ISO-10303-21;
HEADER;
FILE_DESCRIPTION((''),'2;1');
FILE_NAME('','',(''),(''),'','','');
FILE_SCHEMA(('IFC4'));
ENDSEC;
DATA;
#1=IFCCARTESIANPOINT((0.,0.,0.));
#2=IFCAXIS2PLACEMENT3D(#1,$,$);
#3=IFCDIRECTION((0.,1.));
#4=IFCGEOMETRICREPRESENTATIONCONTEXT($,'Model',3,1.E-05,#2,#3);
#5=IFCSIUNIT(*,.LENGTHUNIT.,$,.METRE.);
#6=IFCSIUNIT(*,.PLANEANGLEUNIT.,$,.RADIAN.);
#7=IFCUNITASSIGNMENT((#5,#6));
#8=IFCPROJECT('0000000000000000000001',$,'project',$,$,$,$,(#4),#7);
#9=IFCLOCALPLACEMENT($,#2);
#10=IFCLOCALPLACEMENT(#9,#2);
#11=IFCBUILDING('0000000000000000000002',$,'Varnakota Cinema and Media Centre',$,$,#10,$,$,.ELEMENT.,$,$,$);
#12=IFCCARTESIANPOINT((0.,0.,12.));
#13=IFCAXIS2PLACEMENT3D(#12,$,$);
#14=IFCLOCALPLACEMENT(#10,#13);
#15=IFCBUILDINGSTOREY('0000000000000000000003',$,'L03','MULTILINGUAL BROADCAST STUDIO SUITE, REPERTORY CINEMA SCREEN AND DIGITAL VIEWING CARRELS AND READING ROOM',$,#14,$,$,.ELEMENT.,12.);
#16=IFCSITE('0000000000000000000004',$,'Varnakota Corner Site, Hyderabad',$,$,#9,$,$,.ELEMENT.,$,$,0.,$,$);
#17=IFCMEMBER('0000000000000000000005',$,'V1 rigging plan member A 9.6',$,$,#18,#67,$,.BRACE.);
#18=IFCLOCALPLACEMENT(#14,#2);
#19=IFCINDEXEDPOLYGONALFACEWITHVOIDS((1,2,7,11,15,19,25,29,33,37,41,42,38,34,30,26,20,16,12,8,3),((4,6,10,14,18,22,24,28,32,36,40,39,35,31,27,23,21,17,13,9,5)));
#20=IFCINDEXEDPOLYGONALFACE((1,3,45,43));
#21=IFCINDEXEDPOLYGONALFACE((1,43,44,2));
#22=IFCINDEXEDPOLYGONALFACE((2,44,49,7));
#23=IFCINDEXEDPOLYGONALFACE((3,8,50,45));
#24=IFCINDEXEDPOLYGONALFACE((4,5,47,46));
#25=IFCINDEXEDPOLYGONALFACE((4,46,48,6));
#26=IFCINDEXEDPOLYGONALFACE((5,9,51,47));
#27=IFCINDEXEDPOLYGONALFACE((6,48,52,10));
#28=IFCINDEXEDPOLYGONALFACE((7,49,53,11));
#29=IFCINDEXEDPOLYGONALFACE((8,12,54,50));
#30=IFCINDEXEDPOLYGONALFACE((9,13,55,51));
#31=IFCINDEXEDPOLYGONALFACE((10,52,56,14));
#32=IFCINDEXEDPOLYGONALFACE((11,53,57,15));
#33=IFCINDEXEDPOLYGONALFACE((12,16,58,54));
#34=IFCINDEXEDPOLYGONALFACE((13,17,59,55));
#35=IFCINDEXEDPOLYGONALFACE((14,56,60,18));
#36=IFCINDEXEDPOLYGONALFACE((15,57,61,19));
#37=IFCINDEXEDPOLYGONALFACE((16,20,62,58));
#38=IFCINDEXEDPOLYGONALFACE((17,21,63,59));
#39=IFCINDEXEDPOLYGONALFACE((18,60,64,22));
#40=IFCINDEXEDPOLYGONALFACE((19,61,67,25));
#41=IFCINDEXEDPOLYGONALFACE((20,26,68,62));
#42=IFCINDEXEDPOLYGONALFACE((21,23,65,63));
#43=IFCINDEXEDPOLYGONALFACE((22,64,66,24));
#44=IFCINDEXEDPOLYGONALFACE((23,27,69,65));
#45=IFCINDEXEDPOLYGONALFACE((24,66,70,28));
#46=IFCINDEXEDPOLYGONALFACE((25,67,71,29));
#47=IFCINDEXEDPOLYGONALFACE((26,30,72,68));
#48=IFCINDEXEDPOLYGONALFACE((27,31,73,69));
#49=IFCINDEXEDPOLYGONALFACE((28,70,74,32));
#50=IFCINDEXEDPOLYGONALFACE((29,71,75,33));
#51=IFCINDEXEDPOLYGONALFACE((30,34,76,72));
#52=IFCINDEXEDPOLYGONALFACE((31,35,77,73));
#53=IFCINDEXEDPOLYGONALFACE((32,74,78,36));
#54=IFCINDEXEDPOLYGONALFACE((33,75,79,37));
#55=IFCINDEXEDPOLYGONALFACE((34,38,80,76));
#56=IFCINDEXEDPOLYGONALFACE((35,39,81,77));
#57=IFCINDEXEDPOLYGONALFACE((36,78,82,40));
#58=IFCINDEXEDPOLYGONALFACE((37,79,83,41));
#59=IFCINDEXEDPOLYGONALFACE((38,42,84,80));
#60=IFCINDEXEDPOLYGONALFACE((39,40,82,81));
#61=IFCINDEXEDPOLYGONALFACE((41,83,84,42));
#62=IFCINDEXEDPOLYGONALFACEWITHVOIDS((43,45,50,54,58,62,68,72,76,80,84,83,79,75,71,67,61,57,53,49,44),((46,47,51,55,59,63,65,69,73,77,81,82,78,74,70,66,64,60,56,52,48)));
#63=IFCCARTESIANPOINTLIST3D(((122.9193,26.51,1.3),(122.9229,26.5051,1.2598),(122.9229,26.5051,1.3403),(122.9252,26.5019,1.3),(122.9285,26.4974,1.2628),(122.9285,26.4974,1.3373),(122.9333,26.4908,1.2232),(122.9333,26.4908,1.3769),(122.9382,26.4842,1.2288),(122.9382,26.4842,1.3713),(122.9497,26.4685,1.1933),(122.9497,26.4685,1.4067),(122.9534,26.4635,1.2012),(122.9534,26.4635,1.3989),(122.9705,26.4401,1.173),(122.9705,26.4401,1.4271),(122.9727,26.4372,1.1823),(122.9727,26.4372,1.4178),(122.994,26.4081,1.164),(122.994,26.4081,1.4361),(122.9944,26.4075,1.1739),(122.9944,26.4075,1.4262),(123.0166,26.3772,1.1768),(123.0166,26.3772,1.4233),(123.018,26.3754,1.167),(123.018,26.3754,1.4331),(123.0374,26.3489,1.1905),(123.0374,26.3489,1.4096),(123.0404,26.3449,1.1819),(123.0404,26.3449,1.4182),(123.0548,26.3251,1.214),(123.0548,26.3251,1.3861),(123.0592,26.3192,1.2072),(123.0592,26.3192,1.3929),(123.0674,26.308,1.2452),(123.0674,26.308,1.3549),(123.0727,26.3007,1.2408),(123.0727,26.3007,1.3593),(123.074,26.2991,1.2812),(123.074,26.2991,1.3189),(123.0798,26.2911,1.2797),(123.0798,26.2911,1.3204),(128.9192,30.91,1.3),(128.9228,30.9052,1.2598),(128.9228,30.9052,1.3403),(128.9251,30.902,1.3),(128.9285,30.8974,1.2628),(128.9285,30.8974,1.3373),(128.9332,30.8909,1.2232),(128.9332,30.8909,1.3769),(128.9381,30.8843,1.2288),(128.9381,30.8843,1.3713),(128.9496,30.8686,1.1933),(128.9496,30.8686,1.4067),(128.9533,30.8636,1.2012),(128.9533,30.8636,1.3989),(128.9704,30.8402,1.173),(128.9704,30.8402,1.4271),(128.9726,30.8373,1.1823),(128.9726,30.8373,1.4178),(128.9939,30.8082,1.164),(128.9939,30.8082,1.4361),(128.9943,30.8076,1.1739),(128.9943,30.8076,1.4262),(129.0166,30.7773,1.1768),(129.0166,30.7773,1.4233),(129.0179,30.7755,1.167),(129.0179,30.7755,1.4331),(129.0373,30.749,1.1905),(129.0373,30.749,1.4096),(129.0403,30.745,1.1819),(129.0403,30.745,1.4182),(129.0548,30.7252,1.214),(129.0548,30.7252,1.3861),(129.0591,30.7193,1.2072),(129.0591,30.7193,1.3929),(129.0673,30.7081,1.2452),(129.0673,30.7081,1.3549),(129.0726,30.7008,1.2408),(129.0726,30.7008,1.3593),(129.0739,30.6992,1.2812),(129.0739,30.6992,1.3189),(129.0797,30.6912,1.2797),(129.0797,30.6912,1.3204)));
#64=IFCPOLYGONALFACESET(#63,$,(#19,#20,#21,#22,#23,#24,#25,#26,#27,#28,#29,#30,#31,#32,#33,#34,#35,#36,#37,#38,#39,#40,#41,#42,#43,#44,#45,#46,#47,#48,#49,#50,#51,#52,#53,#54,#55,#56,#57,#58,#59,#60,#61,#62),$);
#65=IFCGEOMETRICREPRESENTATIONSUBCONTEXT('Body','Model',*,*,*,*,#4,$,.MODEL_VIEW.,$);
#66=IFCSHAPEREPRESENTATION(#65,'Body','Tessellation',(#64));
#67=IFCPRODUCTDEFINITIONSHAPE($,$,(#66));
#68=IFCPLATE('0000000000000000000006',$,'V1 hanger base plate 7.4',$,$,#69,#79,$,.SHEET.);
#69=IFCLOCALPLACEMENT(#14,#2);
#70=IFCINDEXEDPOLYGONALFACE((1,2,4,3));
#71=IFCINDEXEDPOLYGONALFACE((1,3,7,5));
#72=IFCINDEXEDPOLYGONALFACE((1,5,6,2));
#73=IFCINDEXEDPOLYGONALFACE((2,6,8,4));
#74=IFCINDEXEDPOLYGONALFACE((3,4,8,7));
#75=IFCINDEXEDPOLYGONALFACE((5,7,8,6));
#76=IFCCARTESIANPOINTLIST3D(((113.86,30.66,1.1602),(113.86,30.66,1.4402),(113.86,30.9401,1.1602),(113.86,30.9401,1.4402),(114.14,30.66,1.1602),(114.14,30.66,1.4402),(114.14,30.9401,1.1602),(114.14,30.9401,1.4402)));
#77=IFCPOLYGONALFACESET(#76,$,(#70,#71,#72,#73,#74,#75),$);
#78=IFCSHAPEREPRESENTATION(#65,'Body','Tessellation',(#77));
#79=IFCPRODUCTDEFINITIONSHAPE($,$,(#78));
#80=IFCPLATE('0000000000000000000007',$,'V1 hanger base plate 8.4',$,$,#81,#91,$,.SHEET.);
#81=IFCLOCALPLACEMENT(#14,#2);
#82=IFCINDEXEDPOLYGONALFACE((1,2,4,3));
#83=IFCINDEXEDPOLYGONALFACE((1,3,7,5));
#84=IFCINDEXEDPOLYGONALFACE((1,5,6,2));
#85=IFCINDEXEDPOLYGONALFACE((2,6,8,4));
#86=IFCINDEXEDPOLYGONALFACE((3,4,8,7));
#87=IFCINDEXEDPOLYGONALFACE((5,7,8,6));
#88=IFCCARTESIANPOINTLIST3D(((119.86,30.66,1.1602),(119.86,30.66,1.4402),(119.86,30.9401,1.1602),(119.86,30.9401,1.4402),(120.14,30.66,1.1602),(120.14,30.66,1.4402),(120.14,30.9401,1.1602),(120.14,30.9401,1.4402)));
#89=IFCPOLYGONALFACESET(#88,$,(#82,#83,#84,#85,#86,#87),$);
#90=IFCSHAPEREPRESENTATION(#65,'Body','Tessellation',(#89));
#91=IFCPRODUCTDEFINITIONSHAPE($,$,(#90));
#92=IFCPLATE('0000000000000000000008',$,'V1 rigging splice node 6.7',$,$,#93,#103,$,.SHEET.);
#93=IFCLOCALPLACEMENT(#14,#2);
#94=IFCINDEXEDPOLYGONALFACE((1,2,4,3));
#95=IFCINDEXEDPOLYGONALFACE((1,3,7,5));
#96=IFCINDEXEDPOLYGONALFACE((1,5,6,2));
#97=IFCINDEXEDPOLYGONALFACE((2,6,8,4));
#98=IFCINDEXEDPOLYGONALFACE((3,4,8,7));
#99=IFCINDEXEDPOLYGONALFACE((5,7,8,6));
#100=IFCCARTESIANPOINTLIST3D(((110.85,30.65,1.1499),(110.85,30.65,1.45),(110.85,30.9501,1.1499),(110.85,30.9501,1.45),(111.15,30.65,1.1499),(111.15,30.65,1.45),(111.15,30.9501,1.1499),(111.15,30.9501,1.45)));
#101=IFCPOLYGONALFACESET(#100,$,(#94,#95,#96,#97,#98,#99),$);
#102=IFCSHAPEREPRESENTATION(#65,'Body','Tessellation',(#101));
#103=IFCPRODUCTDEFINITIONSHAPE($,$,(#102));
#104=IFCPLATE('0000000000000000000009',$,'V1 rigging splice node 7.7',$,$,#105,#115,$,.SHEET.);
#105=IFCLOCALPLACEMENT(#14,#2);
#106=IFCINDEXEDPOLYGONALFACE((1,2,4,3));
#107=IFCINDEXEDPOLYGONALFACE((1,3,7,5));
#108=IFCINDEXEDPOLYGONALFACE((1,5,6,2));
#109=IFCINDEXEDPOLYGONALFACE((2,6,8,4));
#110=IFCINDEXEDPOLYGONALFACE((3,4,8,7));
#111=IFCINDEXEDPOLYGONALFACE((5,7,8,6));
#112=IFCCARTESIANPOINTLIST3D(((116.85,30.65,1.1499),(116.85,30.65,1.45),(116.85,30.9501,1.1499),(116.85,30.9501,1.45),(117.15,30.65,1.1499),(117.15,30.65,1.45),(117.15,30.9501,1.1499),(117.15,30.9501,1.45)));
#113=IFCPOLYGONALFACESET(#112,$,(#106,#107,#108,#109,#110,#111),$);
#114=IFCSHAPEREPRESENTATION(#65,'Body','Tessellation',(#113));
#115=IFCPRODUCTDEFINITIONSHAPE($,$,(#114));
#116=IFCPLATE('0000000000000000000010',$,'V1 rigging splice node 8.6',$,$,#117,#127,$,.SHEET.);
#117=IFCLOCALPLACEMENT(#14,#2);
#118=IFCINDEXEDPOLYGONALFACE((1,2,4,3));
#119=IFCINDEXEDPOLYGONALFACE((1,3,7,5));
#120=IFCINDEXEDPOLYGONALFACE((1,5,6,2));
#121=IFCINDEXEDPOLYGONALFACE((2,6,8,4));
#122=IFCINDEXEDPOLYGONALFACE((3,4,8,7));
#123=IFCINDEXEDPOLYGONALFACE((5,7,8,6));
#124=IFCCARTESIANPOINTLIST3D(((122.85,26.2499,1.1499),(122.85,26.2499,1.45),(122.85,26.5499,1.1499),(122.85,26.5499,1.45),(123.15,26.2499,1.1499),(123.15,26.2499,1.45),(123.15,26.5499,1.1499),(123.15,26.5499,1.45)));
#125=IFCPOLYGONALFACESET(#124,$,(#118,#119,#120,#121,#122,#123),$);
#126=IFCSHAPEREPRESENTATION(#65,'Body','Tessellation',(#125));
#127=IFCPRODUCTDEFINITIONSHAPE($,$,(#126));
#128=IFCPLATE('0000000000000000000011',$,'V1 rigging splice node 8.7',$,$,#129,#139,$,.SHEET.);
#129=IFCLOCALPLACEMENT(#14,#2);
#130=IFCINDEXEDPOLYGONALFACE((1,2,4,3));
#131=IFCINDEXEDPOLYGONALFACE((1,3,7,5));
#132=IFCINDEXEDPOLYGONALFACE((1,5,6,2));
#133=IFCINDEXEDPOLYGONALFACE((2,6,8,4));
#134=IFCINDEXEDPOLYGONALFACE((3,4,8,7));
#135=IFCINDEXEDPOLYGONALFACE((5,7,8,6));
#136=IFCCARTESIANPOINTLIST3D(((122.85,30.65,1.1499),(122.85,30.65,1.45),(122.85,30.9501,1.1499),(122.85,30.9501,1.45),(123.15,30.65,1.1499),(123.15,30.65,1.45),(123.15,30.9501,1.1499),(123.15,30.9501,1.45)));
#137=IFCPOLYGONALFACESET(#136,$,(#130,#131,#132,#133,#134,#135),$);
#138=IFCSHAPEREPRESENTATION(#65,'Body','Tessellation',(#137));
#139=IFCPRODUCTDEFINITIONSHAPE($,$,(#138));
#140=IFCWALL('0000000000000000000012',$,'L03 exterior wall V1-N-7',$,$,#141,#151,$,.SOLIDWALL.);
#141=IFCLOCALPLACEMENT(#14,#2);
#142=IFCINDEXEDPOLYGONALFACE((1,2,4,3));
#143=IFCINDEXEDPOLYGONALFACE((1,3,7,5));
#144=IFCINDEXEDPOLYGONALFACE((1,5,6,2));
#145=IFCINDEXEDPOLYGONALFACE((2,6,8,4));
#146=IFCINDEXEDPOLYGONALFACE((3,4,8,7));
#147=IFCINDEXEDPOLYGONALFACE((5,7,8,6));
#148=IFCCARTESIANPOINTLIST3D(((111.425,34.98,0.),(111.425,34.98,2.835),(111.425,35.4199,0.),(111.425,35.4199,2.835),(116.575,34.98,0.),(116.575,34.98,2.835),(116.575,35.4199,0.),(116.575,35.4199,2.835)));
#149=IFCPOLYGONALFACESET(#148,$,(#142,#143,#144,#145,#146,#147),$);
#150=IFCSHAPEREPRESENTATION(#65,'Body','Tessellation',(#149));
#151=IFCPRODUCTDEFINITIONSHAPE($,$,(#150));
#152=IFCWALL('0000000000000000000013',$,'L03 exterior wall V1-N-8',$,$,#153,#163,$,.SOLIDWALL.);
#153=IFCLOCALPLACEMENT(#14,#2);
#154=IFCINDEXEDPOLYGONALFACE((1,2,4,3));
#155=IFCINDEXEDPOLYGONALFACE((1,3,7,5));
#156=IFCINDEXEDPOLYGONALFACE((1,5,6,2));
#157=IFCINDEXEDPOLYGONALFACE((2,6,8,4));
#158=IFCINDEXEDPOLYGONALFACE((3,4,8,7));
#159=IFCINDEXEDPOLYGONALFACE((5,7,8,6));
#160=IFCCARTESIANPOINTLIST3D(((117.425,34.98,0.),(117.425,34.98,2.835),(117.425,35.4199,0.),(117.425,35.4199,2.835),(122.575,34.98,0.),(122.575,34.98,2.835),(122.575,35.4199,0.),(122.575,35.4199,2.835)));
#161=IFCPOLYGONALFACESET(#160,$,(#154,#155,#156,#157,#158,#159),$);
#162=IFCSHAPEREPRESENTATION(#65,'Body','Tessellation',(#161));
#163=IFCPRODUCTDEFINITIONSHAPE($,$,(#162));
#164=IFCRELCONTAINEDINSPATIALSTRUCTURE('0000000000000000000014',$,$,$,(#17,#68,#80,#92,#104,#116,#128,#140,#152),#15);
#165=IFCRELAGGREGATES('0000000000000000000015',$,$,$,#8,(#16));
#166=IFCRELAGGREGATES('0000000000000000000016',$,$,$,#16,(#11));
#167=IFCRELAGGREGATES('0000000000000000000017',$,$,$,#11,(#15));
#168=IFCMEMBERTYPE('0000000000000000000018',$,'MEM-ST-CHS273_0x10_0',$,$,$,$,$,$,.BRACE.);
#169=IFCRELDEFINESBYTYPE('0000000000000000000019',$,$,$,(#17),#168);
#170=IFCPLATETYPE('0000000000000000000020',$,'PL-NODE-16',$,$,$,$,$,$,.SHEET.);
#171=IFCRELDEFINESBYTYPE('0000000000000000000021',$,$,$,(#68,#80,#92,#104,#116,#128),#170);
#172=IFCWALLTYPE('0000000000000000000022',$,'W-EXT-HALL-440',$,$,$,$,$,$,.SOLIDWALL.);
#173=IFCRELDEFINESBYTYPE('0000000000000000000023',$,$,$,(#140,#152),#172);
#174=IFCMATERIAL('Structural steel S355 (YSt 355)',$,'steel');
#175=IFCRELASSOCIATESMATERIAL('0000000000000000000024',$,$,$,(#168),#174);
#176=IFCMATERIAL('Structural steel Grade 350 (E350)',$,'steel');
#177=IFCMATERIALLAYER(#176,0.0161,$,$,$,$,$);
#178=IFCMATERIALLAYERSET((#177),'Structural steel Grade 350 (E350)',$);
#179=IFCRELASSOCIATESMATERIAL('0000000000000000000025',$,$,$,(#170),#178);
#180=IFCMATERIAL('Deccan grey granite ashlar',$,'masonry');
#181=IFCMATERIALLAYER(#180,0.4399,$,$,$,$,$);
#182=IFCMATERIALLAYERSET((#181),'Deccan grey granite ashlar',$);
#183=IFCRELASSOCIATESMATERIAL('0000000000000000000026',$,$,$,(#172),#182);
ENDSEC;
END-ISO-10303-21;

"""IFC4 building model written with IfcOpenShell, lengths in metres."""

from ifc_helpers import new_model, si_unit, direction, frame, frame_2d, origin, origin_2d, place, context, subcontext, project, spatial, rectangle, hollow_circle, extrude, material, layer, layer_set, material_profile, profile_set, type_object, element, save


model = new_model("IFC4")

# Units and contexts
model_context = context("Model", 3, precision=1e-05, world=origin(), true_north=direction((0.0, 1.0)))
body_context = subcontext(model_context, "Body", "Model", "MODEL_VIEW")
ifc_project = project(units=[si_unit("LENGTHUNIT", "METRE"), si_unit("PLANEANGLEUNIT", "RADIAN")], contexts=[model_context])

# Site, building, storey
site_placement = place(None, origin())
site = spatial("IfcSite", under=ifc_project, at=site_placement, Name="Varnakota Corner Site, Hyderabad", CompositionType="ELEMENT", RefElevation=0.0)
building_placement = place(site_placement, origin())
building = spatial("IfcBuilding", under=site, at=building_placement, Name="Varnakota Cinema and Media Centre", CompositionType="ELEMENT")
storey_placement = place(building_placement, frame((0.0, 0.0, 12.0)))
storey = spatial("IfcBuildingStorey", under=building, at=storey_placement, Name="L03", Description="MULTILINGUAL BROADCAST STUDIO SUITE, REPERTORY CINEMA SCREEN AND DIGITAL VIEWING CARRELS AND READING ROOM", CompositionType="ELEMENT", Elevation=12.0)

# Member
ifc_material_1 = material(Name="Structural steel S355 (YSt 355)", Category="steel")
ifc_material_profile_1 = material_profile(ifc_material_1, hollow_circle(Radius=0.1365, WallThickness=0.01, at=origin_2d()), Name="CHS 273.0x10.0")
ifc_profile_set_1 = profile_set([ifc_material_profile_1], Name="Structural steel S355 (YSt 355)")
member_type_1 = type_object("IfcMemberType", Name="MEM-ST-CHS273_0x10_0", PredefinedType="BRACE", material=ifc_profile_set_1)
member_placement = place(storey_placement, frame((123.0, 26.3999, 1.3), z_axis=(0.806396, 0.591376, 0.0), x_axis=(-0.591376, 0.806396, 0.0)))
element("IfcMember", 1, at=member_placement, inside=storey, type_object=member_type_1, Name="V1 rigging plan member A 9.6", PredefinedType="BRACE", context=body_context, shape_type="SweptSolid", body=[
    extrude(hollow_circle(Radius=0.1365, WallThickness=0.01, at=origin_2d()), origin(), (0.0, 0.0, 1.0), 7.4404),
])

# Plates
ifc_material_2 = material(Name="Structural steel Grade 350 (E350)", Category="steel")
ifc_layer_1 = layer(ifc_material_2, 0.0161)
ifc_layer_set_1 = layer_set([ifc_layer_1], Name="Structural steel Grade 350 (E350)")
plate_type = type_object("IfcPlateType", Name="PL-NODE-16", PredefinedType="SHEET", material=ifc_layer_set_1)
for number, where, z_axis, x_axis, name in (
    (2, (114.0, 30.8, 1.1602), (0.0, 0.0, 1.0), (1.0, 0.0, 0.0), "V1 hanger base plate 7.4"),
    (3, (120.0, 30.8, 1.1602), (0.0, 0.0, 1.0), (1.0, 0.0, 0.0), "V1 hanger base plate 8.4"),
):
    element("IfcPlate", number, at=place(storey_placement, frame(where, z_axis=z_axis, x_axis=x_axis)), inside=storey, type_object=plate_type, Name=name, PredefinedType="SHEET", context=body_context, shape_type="SweptSolid", body=[
        extrude(rectangle(XDim=0.28, YDim=0.28, at=origin_2d()), origin(), (0.0, 0.0, 1.0), 0.28),
    ])
for number, where, z_axis, x_axis, name in (
    (4, (111.0, 30.8, 1.1499), (0.0, 0.0, 1.0), (1.0, 0.0, 0.0), "V1 rigging splice node 6.7"),
    (5, (117.0, 30.8, 1.1499), (0.0, 0.0, 1.0), (1.0, 0.0, 0.0), "V1 rigging splice node 7.7"),
    (6, (123.0, 26.3999, 1.1499), (0.0, 0.0, 1.0), (1.0, 0.0, 0.0), "V1 rigging splice node 8.6"),
    (7, (123.0, 30.8, 1.1499), (0.0, 0.0, 1.0), (1.0, 0.0, 0.0), "V1 rigging splice node 8.7"),
):
    element("IfcPlate", number, at=place(storey_placement, frame(where, z_axis=z_axis, x_axis=x_axis)), inside=storey, type_object=plate_type, Name=name, PredefinedType="SHEET", context=body_context, shape_type="SweptSolid", body=[
        extrude(rectangle(XDim=0.3, YDim=0.3, at=origin_2d()), origin(), (0.0, 0.0, 1.0), 0.3),
    ])

# Walls
ifc_material_3 = material(Name="Deccan grey granite ashlar", Category="masonry")
ifc_layer_2 = layer(ifc_material_3, 0.4399)
ifc_layer_set_2 = layer_set([ifc_layer_2], Name="Deccan grey granite ashlar")
wall_type = type_object("IfcWallType", Name="W-EXT-HALL-440", PredefinedType="SOLIDWALL", material=ifc_layer_set_2)
for number, where, z_axis, x_axis, name in (
    (8, (111.425, 35.2, 0.0), (0.0, 0.0, 1.0), (1.0, 0.0, 0.0), "L03 exterior wall V1-N-7"),
    (9, (117.425, 35.2, 0.0), (0.0, 0.0, 1.0), (1.0, 0.0, 0.0), "L03 exterior wall V1-N-8"),
):
    element("IfcWall", number, at=place(storey_placement, frame(where, z_axis=z_axis, x_axis=x_axis)), inside=storey, type_object=wall_type, Name=name, PredefinedType="SOLIDWALL", context=body_context, shape_type="SweptSolid", body=[
        extrude(rectangle(XDim=5.1499, YDim=0.4399, at=frame_2d((2.575, 0.0))), origin(), (0.0, 0.0, 1.0), 2.835),
    ])

save(model, "model.ifc")
